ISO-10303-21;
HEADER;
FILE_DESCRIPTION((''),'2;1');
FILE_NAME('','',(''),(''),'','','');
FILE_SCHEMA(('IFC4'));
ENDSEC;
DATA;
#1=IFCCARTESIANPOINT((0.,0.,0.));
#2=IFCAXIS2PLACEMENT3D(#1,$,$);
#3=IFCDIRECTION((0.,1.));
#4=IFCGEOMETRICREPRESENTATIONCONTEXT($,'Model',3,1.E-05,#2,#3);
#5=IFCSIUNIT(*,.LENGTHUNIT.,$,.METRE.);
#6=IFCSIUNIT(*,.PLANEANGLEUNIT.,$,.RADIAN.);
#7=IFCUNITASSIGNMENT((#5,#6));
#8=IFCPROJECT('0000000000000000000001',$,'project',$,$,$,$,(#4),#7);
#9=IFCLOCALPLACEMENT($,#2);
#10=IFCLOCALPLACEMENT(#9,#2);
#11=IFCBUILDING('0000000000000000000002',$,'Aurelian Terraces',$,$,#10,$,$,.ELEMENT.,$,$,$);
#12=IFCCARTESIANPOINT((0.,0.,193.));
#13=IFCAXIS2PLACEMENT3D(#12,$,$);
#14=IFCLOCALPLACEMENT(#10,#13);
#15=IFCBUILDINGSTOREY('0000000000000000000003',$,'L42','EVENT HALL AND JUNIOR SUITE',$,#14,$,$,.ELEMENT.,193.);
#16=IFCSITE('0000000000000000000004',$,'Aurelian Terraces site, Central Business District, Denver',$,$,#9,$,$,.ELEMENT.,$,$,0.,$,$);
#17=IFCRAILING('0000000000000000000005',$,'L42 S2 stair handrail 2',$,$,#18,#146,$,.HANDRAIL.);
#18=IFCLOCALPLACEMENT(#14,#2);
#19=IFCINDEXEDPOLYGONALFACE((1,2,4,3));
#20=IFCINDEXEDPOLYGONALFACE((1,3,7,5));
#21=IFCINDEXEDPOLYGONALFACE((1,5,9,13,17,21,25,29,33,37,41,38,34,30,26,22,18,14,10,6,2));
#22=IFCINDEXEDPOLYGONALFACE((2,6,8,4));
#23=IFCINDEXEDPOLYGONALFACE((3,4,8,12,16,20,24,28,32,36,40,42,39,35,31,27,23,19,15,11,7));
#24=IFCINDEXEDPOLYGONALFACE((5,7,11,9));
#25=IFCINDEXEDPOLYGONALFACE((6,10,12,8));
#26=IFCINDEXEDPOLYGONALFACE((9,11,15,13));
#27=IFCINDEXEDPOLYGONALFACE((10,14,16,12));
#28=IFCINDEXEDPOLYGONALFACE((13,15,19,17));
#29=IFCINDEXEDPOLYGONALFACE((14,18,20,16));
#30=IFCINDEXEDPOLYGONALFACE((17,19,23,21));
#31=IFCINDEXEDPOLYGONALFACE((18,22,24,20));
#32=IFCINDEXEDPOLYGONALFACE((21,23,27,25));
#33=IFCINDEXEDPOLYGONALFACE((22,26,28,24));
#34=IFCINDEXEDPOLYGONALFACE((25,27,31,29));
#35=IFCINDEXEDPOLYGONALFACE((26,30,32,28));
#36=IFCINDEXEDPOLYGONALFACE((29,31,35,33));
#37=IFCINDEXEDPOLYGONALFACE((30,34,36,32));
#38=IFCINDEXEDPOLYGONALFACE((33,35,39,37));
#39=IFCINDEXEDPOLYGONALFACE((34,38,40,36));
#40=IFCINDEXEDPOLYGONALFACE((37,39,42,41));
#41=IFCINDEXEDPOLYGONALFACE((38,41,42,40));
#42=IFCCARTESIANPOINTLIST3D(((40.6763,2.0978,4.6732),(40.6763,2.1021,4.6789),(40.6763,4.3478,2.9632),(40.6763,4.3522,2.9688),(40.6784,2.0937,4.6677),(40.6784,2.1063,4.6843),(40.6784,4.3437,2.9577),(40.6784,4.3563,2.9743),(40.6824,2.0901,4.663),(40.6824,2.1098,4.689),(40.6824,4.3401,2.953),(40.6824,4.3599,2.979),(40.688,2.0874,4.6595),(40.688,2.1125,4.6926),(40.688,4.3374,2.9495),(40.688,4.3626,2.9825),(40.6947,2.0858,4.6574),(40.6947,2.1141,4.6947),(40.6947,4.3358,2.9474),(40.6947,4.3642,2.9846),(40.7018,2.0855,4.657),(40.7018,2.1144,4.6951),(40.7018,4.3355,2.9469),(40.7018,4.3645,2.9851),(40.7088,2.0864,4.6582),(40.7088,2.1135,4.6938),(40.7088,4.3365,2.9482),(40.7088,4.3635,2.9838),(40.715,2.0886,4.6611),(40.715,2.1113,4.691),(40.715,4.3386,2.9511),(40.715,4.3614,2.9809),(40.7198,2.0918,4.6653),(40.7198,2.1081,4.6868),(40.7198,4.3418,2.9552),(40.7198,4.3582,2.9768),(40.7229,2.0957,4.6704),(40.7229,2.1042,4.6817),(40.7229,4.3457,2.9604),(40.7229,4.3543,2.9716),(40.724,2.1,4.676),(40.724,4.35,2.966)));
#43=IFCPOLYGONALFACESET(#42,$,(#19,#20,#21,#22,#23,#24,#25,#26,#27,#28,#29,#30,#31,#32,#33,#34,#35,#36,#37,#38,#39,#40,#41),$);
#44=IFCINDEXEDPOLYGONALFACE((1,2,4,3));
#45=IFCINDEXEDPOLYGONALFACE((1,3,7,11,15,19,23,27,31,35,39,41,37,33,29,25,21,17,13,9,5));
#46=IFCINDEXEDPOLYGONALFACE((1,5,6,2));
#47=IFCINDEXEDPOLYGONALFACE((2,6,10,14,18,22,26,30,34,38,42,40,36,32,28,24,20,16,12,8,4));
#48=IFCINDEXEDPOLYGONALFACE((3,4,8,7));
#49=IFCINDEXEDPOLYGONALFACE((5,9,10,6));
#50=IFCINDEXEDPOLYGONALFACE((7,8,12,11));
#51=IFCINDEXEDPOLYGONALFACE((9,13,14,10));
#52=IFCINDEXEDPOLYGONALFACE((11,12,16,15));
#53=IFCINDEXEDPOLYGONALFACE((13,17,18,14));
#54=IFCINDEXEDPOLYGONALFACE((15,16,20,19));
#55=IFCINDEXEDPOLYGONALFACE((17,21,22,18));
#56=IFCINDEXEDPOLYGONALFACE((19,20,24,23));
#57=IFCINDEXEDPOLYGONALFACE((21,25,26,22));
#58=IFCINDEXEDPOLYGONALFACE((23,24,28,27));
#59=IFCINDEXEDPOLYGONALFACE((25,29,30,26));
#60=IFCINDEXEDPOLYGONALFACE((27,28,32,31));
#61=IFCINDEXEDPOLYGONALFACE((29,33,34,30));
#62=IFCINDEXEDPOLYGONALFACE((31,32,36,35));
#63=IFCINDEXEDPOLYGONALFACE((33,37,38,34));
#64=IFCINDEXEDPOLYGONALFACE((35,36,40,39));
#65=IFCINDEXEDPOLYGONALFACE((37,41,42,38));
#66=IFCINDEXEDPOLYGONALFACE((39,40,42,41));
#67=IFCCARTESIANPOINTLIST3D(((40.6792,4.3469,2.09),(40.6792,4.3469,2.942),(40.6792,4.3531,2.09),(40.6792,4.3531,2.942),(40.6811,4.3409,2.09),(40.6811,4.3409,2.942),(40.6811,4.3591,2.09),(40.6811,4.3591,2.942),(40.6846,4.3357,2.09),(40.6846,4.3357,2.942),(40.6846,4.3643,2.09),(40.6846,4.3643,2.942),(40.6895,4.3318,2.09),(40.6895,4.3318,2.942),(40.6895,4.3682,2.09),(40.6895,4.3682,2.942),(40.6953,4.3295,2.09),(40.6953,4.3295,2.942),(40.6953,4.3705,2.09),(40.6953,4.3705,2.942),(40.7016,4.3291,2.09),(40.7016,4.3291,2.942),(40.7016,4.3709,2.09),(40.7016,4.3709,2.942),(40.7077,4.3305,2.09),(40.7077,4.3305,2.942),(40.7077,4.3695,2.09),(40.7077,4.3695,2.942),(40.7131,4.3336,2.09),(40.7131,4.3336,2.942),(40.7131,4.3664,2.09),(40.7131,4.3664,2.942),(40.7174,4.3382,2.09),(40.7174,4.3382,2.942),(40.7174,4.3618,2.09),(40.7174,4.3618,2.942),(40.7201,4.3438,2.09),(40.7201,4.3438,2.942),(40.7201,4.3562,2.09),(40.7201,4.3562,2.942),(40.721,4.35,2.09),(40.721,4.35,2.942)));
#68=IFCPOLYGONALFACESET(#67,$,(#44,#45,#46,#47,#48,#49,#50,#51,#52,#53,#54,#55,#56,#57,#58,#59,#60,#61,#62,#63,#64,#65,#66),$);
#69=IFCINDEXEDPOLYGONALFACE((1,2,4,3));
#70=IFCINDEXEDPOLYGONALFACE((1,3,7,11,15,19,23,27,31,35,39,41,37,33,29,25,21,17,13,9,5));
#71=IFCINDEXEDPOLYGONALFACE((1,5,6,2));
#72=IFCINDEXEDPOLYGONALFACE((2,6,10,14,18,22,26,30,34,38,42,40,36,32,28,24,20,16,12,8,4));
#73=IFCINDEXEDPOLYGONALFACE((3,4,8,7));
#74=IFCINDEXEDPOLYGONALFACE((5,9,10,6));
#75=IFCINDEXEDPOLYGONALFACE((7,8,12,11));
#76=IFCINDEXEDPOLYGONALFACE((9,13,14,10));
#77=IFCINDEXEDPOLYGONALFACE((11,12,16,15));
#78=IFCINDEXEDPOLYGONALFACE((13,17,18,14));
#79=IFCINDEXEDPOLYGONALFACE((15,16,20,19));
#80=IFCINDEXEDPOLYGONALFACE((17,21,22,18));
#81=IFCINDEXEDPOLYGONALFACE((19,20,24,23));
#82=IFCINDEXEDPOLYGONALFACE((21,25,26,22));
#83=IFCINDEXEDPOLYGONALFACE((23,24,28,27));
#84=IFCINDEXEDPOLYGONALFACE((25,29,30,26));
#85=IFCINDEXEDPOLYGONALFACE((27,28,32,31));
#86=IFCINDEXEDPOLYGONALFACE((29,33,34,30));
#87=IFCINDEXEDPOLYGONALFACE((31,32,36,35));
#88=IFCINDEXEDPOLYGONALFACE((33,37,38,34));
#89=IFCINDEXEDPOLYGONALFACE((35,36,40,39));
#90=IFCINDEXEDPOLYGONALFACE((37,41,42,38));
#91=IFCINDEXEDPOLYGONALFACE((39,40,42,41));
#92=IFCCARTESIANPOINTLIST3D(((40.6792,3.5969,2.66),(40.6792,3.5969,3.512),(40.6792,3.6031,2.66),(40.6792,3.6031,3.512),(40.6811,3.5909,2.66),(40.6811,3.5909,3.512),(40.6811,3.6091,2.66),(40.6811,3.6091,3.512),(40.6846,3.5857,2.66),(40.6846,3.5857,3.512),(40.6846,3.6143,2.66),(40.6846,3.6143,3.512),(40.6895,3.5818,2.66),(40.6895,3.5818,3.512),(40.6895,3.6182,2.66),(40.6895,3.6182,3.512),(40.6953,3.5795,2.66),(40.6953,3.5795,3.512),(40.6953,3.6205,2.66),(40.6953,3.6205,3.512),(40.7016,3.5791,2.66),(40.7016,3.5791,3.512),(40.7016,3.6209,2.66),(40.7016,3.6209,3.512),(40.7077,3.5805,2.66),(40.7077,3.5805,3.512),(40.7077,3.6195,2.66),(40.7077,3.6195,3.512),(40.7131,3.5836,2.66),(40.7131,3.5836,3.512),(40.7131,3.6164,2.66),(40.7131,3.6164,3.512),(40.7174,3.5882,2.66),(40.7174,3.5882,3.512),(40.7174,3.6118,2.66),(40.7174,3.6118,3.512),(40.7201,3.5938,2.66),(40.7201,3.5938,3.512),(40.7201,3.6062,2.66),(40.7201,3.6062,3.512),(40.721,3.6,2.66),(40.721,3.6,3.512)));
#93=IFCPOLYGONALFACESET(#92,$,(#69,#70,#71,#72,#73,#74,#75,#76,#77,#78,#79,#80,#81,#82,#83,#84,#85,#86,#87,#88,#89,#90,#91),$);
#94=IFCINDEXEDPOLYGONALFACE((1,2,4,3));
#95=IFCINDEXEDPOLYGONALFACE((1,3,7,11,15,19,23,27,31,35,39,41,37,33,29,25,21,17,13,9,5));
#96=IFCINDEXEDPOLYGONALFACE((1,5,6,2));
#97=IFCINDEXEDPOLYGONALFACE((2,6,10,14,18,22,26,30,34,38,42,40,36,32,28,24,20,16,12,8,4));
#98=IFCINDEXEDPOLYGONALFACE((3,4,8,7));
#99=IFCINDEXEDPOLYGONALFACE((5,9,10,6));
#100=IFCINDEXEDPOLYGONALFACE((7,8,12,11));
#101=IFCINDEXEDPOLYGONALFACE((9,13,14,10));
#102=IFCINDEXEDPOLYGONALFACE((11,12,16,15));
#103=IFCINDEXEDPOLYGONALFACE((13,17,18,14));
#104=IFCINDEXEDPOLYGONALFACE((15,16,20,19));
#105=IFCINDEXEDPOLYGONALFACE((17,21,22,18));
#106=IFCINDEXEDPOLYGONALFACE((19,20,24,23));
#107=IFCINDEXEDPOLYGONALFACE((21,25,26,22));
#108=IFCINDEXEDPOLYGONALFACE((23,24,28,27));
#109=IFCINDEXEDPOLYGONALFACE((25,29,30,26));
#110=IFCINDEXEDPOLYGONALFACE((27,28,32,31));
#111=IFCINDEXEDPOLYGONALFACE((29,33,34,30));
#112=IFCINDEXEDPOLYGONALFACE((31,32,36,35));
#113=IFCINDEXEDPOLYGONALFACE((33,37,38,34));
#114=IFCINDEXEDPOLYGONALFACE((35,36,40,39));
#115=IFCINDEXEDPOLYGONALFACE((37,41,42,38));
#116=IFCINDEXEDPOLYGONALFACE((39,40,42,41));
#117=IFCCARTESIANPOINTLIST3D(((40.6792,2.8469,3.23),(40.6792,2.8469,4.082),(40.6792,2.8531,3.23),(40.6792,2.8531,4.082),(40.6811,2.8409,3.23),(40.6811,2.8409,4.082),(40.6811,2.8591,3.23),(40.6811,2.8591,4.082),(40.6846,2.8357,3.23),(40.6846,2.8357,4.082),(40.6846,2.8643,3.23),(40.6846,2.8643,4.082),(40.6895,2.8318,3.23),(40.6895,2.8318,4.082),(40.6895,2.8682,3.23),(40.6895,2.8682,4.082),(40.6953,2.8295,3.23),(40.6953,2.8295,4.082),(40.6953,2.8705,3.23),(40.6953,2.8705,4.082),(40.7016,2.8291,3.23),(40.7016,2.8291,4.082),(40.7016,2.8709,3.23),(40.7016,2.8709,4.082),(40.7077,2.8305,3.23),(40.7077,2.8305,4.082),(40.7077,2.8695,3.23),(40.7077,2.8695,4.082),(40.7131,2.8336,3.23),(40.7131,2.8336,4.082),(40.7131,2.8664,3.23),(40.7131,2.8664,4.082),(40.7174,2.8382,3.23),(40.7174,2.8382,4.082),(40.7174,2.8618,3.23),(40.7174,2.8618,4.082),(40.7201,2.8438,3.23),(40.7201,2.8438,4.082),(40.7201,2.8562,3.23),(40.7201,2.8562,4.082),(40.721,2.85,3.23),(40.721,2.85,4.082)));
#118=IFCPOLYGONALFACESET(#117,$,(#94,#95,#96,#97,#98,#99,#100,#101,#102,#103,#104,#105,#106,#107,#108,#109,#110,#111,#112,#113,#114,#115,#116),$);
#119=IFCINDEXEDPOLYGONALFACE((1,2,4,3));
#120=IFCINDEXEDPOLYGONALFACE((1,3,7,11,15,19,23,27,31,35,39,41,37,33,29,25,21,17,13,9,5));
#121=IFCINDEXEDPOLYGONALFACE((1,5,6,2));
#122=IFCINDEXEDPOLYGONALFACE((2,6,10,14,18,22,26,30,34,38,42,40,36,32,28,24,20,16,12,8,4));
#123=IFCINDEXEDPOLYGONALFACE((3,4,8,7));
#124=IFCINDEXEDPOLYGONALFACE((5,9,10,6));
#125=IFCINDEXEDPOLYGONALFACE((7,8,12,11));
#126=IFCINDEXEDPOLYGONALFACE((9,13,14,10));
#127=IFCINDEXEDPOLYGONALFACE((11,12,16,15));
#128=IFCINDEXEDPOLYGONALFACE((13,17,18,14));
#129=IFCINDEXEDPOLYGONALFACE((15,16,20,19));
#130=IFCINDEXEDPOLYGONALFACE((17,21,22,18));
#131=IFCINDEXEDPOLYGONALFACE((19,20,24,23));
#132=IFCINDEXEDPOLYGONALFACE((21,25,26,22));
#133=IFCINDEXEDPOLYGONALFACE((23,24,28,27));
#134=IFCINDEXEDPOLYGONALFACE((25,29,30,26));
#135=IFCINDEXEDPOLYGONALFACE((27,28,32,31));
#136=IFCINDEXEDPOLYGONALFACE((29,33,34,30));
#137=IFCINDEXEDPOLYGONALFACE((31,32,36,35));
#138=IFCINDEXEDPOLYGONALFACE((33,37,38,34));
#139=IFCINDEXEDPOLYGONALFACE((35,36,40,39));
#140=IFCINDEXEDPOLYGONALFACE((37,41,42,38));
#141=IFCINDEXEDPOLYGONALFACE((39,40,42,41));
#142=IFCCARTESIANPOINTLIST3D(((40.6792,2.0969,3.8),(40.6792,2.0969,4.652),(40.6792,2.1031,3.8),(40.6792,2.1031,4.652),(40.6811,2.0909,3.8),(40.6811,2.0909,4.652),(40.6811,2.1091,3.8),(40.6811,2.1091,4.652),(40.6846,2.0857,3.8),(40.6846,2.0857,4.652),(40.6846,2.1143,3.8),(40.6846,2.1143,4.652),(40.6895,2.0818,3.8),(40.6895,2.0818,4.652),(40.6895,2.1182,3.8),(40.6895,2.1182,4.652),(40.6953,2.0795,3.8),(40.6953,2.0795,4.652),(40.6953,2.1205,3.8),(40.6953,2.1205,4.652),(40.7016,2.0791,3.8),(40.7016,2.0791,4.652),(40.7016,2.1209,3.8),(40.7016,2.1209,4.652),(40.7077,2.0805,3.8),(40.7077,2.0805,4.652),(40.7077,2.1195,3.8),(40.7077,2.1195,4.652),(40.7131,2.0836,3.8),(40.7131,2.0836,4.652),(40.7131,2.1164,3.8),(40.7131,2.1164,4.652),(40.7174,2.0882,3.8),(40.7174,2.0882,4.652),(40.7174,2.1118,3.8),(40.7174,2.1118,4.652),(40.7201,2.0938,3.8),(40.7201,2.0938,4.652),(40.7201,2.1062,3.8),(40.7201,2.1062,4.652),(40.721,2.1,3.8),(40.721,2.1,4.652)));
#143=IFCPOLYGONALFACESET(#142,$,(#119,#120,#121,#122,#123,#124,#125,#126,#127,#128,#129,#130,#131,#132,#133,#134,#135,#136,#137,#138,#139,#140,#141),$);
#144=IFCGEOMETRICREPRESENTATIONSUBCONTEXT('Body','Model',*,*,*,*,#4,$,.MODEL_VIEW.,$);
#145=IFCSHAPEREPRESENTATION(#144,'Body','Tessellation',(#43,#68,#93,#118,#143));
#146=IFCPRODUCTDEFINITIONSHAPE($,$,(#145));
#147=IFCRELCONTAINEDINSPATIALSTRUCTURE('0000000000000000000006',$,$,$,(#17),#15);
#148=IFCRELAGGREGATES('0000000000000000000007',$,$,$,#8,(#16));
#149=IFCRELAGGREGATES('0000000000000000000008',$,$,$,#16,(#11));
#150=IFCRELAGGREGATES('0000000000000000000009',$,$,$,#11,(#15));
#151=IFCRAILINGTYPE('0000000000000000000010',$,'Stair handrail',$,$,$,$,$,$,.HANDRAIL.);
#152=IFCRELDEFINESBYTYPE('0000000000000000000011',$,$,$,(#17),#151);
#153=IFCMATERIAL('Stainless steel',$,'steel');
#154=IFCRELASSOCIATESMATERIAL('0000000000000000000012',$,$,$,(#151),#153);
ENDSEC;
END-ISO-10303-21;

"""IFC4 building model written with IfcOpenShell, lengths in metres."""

from ifc_helpers import new_model, si_unit, direction, frame, origin, origin_2d, place, context, subcontext, project, spatial, circle, extrude, source, transform, mapped, material, type_object, element, save


model = new_model("IFC4")

# Units and contexts
model_context = context("Model", 3, precision=1e-05, world=origin(), true_north=direction((0.0, 1.0)))
body_context = subcontext(model_context, "Body", "Model", "MODEL_VIEW")
ifc_project = project(units=[si_unit("LENGTHUNIT", "METRE"), si_unit("PLANEANGLEUNIT", "RADIAN")], contexts=[model_context])

# Site, building, storey
site_placement = place(None, origin())
site = spatial("IfcSite", under=ifc_project, at=site_placement, Name="Aurelian Terraces site, Central Business District, Denver", CompositionType="ELEMENT", RefElevation=0.0)
building_placement = place(site_placement, origin())
building = spatial("IfcBuilding", under=site, at=building_placement, Name="Aurelian Terraces", CompositionType="ELEMENT")
storey_placement = place(building_placement, frame((0.0, 0.0, 193.0)))
storey = spatial("IfcBuildingStorey", under=building, at=storey_placement, Name="L42", Description="EVENT HALL AND JUNIOR SUITE", CompositionType="ELEMENT", Elevation=193.0)

# Railing
ifc_material_1 = material(Name="Stainless steel", Category="steel")
railing_type_1 = type_object("IfcRailingType", Name="Stair handrail", PredefinedType="HANDRAIL", material=ifc_material_1)
shared_shape_1 = source(origin(), body_context, "Body", "SweptSolid", [
    extrude(circle(Radius=0.024, at=origin_2d()), frame((0.0, 0.0, 0.876), z_axis=(0.0, -0.796162, 0.605083), x_axis=(1.0, 0.0, 0.0)), (0.0, 0.0, 1.0), 2.8261),
    extrude(circle(Radius=0.021, at=origin_2d()), origin(), (0.0, 0.0, 1.0), 0.852),
    extrude(circle(Radius=0.021, at=origin_2d()), frame((0.0, -0.75, 0.57)), (0.0, 0.0, 1.0), 0.852),
    extrude(circle(Radius=0.021, at=origin_2d()), frame((0.0, -1.5, 1.14)), (0.0, 0.0, 1.0), 0.852),
    extrude(circle(Radius=0.021, at=origin_2d()), frame((0.0, -2.25, 1.71)), (0.0, 0.0, 1.0), 0.852),
])
railing_1_placement = place(storey_placement, frame((40.7, 4.35, 2.09)))
element("IfcRailing", 1, at=railing_1_placement, inside=storey, type_object=railing_type_1, Name="L42 S2 stair handrail 2", PredefinedType="HANDRAIL", context=body_context, shape_type="MappedRepresentation", body=[
    mapped(shared_shape_1, transform((0.0, 0.0, 0.0), scale=1.0)),
])

save(model, "model.ifc")
